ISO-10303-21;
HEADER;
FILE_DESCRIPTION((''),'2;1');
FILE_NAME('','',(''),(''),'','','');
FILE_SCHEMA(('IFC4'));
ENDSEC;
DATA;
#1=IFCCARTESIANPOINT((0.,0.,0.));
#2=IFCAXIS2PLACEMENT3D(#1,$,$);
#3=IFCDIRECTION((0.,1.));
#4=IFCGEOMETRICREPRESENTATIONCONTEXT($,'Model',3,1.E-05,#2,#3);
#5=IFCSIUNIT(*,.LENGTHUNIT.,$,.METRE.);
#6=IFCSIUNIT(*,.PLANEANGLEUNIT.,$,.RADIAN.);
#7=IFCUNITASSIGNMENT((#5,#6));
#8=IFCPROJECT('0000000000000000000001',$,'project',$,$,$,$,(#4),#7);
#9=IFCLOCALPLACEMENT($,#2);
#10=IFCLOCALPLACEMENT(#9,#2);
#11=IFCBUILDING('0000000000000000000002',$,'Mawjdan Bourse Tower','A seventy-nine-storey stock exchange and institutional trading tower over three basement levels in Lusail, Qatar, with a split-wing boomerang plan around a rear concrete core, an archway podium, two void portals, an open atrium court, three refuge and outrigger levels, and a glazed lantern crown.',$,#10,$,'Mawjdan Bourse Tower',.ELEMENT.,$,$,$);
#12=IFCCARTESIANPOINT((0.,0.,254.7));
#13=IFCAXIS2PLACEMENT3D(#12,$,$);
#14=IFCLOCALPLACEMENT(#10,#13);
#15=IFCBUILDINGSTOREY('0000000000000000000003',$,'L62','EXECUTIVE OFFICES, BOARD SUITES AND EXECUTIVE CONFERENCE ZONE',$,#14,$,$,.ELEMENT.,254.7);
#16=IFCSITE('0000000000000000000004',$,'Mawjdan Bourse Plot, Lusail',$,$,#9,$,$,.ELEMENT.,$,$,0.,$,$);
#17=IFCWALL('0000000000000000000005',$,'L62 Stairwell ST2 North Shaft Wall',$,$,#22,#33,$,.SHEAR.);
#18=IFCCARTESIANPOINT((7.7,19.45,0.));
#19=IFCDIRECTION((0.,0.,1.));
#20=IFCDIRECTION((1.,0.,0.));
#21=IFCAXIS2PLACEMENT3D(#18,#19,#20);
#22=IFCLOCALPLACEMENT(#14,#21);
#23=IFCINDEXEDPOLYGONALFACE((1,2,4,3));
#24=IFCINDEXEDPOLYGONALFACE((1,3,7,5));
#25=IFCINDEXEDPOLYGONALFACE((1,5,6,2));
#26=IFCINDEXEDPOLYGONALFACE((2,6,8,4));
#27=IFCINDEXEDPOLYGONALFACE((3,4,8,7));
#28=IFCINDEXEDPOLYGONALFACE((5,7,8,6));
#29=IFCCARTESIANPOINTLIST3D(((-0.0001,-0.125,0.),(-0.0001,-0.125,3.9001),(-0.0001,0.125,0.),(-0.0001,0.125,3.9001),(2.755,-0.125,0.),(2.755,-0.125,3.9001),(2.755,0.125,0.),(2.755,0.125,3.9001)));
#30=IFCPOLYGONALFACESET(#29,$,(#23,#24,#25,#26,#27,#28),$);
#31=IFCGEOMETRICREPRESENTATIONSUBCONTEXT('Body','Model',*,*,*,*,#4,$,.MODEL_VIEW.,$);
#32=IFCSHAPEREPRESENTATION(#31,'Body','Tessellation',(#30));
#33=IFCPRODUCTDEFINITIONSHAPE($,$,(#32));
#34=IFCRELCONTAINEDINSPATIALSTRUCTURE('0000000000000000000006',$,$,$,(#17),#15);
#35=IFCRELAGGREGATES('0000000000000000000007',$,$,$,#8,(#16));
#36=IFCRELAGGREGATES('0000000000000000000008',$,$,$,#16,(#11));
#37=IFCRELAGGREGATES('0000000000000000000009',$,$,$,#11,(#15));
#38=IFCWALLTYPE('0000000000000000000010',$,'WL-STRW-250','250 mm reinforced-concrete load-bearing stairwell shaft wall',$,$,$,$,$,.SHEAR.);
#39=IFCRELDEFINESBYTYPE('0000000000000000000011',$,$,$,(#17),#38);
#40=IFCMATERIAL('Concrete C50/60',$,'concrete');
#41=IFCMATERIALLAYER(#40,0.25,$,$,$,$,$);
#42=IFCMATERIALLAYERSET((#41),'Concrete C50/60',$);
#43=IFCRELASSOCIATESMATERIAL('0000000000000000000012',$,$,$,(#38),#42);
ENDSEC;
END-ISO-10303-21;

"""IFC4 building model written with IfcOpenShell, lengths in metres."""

from ifc_helpers import new_model, si_unit, direction, frame, frame_2d, origin, place, context, subcontext, project, spatial, rectangle, extrude, material, layer, layer_set, type_object, element, save


model = new_model("IFC4")

# Units and contexts
model_context = context("Model", 3, precision=1e-05, world=origin(), true_north=direction((0.0, 1.0)))
body_context = subcontext(model_context, "Body", "Model", "MODEL_VIEW")
ifc_project = project(units=[si_unit("LENGTHUNIT", "METRE"), si_unit("PLANEANGLEUNIT", "RADIAN")], contexts=[model_context])

# Site, building, storey
site_placement = place(None, origin())
site = spatial("IfcSite", under=ifc_project, at=site_placement, Name="Mawjdan Bourse Plot, Lusail", CompositionType="ELEMENT", RefElevation=0.0)
building_placement = place(site_placement, origin())
building = spatial("IfcBuilding", under=site, at=building_placement, Name="Mawjdan Bourse Tower", Description="A seventy-nine-storey stock exchange and institutional trading tower over three basement levels in Lusail, Qatar, with a split-wing boomerang plan around a rear concrete core, an archway podium, two void portals, an open atrium court, three refuge and outrigger levels, and a glazed lantern crown.", LongName="Mawjdan Bourse Tower", CompositionType="ELEMENT")
storey_placement = place(building_placement, frame((0.0, 0.0, 254.7)))
storey = spatial("IfcBuildingStorey", under=building, at=storey_placement, Name="L62", Description="EXECUTIVE OFFICES, BOARD SUITES AND EXECUTIVE CONFERENCE ZONE", CompositionType="ELEMENT", Elevation=254.7)

# Shared definitions
ifc_material_1 = material(Name="Concrete C50/60", Category="concrete")

# Wall
ifc_layer_1 = layer(ifc_material_1, 0.25)
ifc_layer_set_1 = layer_set([ifc_layer_1], Name="Concrete C50/60")
wall_type_1 = type_object("IfcWallType", Name="WL-STRW-250", Description="250 mm reinforced-concrete load-bearing stairwell shaft wall", PredefinedType="SHEAR", material=ifc_layer_set_1)
wall_1_placement = place(storey_placement, frame((7.7, 19.45, 0.0), z_axis=(0.0, 0.0, 1.0), x_axis=(1.0, 0.0, 0.0)))
element("IfcWall", 1, at=wall_1_placement, inside=storey, type_object=wall_type_1, Name="L62 Stairwell ST2 North Shaft Wall", PredefinedType="SHEAR", context=body_context, shape_type="SweptSolid", body=[
    extrude(rectangle(XDim=2.7551, YDim=0.25, at=frame_2d((1.3774, 0.0))), origin(), (0.0, 0.0, 1.0), 3.9001),
])

save(model, "model.ifc")
